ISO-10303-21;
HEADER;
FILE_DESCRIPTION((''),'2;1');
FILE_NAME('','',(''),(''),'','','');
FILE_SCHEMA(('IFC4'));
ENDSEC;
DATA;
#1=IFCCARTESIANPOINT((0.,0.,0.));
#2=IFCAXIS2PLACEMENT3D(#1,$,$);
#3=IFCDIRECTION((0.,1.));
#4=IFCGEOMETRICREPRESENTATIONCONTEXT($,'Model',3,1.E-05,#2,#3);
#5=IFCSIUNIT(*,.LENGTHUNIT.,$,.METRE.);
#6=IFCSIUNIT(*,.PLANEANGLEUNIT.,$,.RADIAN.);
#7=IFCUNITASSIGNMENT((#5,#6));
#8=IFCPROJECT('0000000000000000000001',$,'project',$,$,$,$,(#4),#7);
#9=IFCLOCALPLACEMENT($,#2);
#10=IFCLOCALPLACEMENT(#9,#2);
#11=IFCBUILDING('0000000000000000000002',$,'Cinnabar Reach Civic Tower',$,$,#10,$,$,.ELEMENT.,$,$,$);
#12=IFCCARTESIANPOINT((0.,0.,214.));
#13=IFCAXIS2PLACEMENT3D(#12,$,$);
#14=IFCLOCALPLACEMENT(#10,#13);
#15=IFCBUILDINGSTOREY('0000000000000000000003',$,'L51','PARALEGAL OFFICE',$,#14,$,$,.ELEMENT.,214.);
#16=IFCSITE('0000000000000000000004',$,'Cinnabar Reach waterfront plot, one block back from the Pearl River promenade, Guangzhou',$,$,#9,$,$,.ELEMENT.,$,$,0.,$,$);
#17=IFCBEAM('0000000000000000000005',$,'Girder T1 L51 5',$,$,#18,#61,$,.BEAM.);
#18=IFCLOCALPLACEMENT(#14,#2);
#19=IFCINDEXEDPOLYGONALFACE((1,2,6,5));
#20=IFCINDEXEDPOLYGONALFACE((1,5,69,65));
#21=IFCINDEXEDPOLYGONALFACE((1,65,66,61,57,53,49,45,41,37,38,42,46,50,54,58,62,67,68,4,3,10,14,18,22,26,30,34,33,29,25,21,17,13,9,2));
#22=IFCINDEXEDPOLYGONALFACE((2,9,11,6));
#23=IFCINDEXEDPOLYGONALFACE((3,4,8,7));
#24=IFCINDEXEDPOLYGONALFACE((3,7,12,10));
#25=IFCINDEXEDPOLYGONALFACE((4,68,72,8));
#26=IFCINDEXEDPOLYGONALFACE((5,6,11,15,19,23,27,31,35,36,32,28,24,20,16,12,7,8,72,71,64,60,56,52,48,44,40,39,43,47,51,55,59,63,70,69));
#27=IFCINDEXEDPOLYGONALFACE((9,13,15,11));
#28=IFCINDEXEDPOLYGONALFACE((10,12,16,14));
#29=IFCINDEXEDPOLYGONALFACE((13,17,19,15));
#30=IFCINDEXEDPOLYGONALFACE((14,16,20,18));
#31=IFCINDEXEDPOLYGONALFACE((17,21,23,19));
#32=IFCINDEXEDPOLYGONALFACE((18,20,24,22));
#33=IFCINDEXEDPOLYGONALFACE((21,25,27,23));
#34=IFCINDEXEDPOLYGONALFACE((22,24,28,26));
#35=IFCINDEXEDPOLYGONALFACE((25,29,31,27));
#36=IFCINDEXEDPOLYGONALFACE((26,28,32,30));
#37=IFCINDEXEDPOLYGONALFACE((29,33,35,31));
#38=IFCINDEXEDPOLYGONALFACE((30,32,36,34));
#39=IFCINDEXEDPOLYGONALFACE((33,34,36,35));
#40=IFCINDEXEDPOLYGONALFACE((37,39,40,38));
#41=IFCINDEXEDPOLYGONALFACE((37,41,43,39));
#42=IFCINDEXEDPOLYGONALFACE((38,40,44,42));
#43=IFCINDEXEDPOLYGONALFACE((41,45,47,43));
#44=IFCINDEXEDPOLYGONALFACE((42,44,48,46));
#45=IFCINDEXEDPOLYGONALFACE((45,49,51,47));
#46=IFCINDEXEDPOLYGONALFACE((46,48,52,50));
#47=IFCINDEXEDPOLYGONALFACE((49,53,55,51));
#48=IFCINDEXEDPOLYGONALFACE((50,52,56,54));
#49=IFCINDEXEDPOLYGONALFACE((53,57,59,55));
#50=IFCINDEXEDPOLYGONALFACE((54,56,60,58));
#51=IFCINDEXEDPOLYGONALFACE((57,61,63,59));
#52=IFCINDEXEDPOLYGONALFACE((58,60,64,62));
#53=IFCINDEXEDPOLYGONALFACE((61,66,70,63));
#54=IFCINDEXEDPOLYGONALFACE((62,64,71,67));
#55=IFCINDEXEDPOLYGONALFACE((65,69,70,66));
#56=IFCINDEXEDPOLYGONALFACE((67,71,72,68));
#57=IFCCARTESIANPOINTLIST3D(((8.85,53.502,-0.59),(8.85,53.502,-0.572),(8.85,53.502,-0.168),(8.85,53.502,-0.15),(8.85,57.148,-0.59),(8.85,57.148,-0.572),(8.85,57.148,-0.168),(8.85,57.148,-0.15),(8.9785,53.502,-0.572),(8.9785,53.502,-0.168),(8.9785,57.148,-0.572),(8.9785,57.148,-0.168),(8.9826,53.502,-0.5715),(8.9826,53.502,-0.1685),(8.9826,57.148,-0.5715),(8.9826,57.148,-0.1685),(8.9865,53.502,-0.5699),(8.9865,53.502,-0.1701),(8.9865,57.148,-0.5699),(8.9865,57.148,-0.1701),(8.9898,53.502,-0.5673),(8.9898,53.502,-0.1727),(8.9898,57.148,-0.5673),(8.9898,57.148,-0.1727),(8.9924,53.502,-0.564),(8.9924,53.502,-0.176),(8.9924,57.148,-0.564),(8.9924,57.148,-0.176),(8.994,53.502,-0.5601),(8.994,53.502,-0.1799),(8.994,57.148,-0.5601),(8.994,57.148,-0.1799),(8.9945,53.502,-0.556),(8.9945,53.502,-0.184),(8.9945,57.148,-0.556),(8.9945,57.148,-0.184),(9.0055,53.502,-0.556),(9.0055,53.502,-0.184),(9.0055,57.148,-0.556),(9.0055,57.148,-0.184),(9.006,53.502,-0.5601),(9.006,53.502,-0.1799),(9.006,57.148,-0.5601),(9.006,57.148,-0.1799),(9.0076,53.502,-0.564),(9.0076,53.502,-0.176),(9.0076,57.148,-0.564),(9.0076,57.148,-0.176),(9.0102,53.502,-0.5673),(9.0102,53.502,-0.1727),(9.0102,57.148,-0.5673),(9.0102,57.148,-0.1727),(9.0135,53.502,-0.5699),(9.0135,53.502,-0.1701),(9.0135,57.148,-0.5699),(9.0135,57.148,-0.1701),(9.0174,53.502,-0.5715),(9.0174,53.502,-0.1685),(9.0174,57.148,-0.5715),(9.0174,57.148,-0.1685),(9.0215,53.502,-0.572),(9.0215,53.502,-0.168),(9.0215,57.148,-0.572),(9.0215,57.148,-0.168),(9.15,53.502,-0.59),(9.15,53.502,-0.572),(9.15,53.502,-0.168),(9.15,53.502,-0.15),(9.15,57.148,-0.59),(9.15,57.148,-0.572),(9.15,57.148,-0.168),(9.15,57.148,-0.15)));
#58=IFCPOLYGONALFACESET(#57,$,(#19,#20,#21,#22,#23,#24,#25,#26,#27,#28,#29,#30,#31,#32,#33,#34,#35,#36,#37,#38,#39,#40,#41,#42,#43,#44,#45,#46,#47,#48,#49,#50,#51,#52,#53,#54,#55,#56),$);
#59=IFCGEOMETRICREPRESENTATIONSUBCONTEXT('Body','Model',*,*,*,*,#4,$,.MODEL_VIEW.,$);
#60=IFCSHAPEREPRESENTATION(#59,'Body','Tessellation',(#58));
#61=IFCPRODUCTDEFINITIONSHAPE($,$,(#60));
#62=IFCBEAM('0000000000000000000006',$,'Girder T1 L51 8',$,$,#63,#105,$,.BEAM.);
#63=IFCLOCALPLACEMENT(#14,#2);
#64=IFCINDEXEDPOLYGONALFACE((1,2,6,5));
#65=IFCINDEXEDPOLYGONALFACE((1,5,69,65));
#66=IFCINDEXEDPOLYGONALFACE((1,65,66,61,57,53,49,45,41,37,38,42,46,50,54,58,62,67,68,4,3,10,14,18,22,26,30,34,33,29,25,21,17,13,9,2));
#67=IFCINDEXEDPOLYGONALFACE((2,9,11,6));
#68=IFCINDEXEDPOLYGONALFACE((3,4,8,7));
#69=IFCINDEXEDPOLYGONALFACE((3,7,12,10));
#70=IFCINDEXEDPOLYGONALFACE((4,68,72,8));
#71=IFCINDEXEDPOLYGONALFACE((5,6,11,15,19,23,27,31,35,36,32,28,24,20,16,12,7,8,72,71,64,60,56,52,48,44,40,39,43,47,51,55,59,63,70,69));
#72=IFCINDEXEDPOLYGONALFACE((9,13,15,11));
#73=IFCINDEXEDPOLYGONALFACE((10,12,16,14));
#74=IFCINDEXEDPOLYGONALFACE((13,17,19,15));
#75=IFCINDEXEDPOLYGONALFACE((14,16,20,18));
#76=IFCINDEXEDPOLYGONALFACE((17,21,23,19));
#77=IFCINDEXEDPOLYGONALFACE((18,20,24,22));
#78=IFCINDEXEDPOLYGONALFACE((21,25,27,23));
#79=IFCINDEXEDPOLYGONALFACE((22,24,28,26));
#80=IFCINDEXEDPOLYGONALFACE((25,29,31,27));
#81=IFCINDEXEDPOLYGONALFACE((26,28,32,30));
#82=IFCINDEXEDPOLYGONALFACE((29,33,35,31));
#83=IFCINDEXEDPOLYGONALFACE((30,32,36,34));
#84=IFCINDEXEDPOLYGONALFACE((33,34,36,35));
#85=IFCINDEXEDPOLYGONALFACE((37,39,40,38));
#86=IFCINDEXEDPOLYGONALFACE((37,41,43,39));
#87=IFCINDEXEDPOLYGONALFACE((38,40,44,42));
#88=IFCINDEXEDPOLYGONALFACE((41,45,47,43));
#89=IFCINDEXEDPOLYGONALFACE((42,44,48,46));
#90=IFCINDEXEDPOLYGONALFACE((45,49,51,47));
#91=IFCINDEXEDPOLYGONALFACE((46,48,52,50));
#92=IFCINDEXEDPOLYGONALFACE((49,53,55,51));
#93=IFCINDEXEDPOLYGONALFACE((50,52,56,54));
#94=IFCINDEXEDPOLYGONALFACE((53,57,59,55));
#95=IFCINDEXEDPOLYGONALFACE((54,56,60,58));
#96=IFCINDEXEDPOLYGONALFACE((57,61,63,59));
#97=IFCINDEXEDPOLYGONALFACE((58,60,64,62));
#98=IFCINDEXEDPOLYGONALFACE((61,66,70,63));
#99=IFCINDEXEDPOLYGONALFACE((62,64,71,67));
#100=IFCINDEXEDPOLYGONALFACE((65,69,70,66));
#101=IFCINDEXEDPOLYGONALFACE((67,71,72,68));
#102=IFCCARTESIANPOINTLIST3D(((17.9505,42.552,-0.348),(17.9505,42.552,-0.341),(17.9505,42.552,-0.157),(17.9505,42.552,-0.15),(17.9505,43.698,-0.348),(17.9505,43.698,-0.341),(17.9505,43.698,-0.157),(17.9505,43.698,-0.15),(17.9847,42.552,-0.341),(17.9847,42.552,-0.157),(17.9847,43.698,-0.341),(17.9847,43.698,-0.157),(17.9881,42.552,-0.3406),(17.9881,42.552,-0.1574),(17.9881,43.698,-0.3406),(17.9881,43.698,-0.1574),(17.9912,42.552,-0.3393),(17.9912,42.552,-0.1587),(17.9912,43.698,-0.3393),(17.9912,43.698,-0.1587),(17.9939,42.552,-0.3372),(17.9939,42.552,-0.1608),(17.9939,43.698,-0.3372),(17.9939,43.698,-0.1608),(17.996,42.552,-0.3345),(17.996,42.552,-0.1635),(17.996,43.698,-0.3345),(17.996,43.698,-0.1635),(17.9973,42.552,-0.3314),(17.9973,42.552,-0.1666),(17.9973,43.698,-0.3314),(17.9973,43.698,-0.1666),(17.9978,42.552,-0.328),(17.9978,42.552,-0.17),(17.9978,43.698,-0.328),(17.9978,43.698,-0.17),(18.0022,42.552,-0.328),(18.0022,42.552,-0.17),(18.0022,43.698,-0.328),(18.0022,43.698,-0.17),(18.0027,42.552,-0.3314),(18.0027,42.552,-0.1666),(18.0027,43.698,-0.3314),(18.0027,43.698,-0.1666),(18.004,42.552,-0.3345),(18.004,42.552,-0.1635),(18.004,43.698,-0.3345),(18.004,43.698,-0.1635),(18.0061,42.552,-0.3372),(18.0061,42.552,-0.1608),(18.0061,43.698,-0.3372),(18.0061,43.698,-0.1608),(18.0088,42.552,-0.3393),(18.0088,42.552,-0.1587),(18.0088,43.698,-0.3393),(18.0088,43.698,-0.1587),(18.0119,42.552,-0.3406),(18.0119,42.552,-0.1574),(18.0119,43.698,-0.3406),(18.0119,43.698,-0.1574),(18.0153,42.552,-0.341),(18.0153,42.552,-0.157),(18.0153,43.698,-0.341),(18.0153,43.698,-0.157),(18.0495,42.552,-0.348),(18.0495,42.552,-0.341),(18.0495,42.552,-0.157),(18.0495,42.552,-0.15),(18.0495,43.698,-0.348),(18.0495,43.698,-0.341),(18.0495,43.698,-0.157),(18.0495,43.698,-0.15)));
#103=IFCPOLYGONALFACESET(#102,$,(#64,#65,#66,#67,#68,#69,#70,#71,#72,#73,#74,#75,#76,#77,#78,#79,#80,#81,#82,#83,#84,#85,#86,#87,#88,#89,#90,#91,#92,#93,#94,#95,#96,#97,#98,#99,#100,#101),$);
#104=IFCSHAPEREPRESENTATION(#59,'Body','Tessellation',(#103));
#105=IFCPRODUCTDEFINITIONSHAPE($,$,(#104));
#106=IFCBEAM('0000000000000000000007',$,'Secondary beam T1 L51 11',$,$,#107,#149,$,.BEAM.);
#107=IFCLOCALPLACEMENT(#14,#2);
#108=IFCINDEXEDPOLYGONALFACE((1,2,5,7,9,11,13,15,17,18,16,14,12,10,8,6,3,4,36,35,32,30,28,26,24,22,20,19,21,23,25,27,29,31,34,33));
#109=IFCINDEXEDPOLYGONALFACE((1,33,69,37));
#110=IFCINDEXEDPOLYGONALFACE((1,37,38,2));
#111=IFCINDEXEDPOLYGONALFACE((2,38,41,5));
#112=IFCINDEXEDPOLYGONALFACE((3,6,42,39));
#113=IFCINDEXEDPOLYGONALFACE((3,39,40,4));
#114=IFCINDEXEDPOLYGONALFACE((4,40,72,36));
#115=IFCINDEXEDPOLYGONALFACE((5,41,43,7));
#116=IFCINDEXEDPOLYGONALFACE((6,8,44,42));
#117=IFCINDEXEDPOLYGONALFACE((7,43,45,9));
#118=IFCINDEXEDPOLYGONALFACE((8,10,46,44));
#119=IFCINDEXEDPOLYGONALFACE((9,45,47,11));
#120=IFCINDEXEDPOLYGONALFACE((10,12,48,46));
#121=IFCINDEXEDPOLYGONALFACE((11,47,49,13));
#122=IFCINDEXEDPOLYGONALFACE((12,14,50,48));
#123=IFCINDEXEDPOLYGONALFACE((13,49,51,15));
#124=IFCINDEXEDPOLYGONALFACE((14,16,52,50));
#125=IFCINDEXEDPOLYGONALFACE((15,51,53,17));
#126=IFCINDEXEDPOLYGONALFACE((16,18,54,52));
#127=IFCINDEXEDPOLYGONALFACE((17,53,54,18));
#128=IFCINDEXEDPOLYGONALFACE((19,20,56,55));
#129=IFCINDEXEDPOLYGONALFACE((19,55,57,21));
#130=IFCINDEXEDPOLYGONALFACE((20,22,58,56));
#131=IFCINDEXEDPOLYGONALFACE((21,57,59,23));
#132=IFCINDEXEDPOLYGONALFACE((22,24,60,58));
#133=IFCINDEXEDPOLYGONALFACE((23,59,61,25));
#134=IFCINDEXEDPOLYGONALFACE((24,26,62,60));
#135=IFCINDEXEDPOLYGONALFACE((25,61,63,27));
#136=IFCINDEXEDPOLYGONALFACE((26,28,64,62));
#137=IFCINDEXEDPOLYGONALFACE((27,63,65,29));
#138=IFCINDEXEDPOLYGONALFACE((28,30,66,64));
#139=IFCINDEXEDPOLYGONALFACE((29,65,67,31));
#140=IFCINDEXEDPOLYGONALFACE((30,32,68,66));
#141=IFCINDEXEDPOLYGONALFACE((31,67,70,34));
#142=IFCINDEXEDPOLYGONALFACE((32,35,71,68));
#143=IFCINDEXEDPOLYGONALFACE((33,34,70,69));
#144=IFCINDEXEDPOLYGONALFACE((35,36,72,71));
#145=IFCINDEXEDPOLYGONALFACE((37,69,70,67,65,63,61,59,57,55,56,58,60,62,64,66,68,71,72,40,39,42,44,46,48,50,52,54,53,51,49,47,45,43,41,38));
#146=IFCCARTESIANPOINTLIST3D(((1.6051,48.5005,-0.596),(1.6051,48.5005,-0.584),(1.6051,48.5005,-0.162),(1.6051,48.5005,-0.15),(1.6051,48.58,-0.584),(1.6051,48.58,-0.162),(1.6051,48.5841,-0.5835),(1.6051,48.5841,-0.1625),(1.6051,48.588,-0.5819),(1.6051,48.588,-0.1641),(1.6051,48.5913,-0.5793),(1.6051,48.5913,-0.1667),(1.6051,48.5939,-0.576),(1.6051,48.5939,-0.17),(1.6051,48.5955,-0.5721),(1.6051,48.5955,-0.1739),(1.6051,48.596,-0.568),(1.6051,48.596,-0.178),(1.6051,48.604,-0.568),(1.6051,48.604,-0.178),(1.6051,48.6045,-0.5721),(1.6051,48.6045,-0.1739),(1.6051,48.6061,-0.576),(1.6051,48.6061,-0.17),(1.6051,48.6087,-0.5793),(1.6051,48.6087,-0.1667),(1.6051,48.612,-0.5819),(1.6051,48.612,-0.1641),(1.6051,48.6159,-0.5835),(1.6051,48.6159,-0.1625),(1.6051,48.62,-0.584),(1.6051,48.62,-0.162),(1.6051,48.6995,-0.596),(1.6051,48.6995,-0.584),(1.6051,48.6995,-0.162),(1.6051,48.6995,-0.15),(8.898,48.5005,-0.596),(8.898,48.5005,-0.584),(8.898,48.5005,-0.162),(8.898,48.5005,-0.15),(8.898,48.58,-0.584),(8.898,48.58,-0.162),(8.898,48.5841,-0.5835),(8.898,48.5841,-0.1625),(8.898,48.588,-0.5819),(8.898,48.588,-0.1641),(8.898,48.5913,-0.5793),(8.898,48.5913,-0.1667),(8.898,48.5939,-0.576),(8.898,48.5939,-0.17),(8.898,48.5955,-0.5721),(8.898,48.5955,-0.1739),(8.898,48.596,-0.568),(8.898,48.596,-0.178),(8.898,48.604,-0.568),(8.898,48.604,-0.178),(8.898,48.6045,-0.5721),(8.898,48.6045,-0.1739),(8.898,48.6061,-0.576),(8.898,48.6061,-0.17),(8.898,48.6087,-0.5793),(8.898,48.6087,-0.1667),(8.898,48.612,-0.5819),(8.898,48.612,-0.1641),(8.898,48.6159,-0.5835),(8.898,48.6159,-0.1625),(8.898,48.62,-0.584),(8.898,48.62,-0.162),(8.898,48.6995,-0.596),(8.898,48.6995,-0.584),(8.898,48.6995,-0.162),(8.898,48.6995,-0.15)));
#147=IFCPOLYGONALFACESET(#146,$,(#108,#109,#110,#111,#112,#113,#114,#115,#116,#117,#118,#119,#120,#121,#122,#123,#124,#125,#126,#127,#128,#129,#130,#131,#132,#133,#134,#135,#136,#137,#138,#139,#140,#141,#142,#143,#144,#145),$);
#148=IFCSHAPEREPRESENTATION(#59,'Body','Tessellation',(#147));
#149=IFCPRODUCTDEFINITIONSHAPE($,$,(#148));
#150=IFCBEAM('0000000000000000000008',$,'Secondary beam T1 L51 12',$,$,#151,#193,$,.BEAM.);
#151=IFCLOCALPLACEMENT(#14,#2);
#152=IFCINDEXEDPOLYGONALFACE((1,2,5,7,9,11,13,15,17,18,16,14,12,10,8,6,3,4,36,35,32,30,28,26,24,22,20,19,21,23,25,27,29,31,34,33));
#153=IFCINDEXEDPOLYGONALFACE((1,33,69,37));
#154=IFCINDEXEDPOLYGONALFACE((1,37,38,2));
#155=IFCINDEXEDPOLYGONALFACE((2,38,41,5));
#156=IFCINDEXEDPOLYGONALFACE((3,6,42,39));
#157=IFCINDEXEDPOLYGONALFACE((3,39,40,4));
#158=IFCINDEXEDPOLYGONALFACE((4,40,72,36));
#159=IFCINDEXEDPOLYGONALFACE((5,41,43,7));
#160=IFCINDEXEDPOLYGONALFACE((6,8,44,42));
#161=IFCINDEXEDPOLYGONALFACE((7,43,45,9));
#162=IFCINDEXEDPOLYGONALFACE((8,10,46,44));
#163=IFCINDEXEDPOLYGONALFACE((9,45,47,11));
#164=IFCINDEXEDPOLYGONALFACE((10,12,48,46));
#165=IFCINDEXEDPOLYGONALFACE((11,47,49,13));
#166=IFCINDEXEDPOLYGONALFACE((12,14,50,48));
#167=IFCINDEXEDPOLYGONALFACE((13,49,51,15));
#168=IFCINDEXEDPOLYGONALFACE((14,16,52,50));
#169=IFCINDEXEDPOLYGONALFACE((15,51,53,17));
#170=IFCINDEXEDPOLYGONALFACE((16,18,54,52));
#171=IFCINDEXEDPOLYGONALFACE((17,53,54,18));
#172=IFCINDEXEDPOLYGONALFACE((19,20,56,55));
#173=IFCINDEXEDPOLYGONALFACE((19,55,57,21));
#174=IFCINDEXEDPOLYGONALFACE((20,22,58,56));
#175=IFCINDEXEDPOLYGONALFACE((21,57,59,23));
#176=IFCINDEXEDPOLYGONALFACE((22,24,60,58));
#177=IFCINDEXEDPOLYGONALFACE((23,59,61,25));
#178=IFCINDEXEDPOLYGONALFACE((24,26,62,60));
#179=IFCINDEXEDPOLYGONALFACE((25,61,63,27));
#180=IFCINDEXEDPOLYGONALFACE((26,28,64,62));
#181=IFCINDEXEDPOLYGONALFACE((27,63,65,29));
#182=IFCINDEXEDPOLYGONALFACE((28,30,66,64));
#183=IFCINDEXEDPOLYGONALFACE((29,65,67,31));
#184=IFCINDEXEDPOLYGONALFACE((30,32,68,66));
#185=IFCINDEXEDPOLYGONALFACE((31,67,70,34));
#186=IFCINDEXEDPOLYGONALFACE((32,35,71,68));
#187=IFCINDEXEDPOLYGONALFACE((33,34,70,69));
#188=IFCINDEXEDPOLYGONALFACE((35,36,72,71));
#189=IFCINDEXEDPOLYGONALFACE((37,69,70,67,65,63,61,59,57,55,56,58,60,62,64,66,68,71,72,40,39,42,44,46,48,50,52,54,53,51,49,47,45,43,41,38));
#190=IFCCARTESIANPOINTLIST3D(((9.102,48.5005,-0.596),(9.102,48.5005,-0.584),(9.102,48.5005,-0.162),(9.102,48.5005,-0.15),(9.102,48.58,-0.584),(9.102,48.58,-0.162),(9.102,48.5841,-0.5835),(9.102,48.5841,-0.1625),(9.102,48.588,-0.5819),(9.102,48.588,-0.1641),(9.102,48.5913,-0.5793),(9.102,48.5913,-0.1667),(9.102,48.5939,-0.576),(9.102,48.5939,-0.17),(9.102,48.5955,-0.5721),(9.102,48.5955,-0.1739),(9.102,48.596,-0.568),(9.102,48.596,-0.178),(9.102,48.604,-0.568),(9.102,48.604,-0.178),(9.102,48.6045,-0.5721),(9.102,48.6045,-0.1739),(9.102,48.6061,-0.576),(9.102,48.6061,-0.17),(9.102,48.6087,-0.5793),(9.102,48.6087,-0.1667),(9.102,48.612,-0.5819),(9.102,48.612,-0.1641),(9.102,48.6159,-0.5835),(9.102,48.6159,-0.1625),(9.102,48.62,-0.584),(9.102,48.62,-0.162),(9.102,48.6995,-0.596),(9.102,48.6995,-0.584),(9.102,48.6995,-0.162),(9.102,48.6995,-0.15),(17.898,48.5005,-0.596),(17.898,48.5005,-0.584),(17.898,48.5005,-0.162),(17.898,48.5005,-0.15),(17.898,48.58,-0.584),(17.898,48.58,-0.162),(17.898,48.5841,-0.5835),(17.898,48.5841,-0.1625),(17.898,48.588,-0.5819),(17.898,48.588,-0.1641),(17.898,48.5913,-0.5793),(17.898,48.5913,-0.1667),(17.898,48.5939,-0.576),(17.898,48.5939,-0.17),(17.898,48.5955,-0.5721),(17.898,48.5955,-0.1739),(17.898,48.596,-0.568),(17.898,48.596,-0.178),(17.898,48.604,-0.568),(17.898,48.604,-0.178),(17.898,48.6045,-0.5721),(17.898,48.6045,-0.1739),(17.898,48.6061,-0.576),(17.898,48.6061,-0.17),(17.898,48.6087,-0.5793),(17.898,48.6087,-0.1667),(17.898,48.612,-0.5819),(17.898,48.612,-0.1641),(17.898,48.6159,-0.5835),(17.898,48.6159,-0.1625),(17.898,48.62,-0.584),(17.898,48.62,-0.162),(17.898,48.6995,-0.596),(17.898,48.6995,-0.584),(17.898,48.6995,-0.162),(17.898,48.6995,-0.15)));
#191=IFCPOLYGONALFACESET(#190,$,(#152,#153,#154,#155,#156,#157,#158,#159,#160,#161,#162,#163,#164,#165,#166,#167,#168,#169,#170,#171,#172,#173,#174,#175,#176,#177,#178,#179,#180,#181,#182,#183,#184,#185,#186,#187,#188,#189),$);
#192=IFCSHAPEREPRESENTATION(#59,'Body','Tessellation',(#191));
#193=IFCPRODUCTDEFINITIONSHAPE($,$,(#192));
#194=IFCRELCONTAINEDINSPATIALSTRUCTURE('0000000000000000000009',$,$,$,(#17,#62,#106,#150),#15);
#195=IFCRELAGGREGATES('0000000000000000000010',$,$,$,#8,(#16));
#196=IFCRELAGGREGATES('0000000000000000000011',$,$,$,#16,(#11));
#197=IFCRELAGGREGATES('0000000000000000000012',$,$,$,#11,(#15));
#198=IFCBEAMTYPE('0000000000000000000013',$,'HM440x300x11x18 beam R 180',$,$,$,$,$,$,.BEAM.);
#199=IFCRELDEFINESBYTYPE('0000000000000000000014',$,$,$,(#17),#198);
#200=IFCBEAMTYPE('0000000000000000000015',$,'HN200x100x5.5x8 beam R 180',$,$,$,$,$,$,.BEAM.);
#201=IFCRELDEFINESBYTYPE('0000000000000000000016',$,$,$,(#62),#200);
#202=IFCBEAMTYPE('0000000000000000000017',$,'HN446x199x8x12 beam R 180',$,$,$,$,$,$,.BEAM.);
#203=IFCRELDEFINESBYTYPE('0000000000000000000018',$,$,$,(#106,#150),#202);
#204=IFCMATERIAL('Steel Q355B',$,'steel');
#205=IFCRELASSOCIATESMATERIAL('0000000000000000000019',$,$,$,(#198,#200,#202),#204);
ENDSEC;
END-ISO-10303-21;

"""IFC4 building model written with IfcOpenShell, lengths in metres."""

from ifc_helpers import new_model, si_unit, direction, frame, origin, origin_2d, place, context, subcontext, project, spatial, i_section, extrude, material, material_profile, profile_set, type_object, element, save


model = new_model("IFC4")

# Units and contexts
model_context = context("Model", 3, precision=1e-05, world=origin(), true_north=direction((0.0, 1.0)))
body_context = subcontext(model_context, "Body", "Model", "MODEL_VIEW")
ifc_project = project(units=[si_unit("LENGTHUNIT", "METRE"), si_unit("PLANEANGLEUNIT", "RADIAN")], contexts=[model_context])

# Site, building, storey
site_placement = place(None, origin())
site = spatial("IfcSite", under=ifc_project, at=site_placement, Name="Cinnabar Reach waterfront plot, one block back from the Pearl River promenade, Guangzhou", CompositionType="ELEMENT", RefElevation=0.0)
building_placement = place(site_placement, origin())
building = spatial("IfcBuilding", under=site, at=building_placement, Name="Cinnabar Reach Civic Tower", CompositionType="ELEMENT")
storey_placement = place(building_placement, frame((0.0, 0.0, 214.0)))
storey = spatial("IfcBuildingStorey", under=building, at=storey_placement, Name="L51", Description="PARALEGAL OFFICE", CompositionType="ELEMENT", Elevation=214.0)

# Beams
ifc_material_1 = material(Name="Steel Q355B", Category="steel")
ifc_material_profile_1 = material_profile(ifc_material_1, i_section(OverallWidth=0.3, OverallDepth=0.44, WebThickness=0.011, FlangeThickness=0.018, FilletRadius=0.016, at=origin_2d()), Name="HM440x300x11x18")
ifc_profile_set_1 = profile_set([ifc_material_profile_1], Name="Steel Q355B")
beam_type_1 = type_object("IfcBeamType", Name="HM440x300x11x18 beam R 180", PredefinedType="BEAM", material=ifc_profile_set_1)
beam_1_placement = place(storey_placement, frame((9.0, 53.502, -0.37), z_axis=(0.0, 1.0, 0.0), x_axis=(-1.0, 0.0, 0.0)))
element("IfcBeam", 1, at=beam_1_placement, inside=storey, type_object=beam_type_1, Name="Girder T1 L51 5", PredefinedType="BEAM", context=body_context, shape_type="SweptSolid", body=[
    extrude(i_section(OverallWidth=0.3, OverallDepth=0.44, WebThickness=0.011, FlangeThickness=0.018, FilletRadius=0.016, at=origin_2d()), origin(), (0.0, 0.0, 1.0), 3.646),
])
ifc_material_profile_2 = material_profile(ifc_material_1, i_section(OverallWidth=0.099, OverallDepth=0.198, WebThickness=0.0045, FlangeThickness=0.007, FilletRadius=0.013, at=origin_2d()), Name="HN200x100x5.5x8")
ifc_profile_set_2 = profile_set([ifc_material_profile_2], Name="Steel Q355B")
beam_type_2 = type_object("IfcBeamType", Name="HN200x100x5.5x8 beam R 180", PredefinedType="BEAM", material=ifc_profile_set_2)
beam_2_placement = place(storey_placement, frame((18.0, 42.552, -0.249), z_axis=(0.0, 1.0, 0.0), x_axis=(-1.0, 0.0, 0.0)))
element("IfcBeam", 2, at=beam_2_placement, inside=storey, type_object=beam_type_2, Name="Girder T1 L51 8", PredefinedType="BEAM", context=body_context, shape_type="SweptSolid", body=[
    extrude(i_section(OverallWidth=0.099, OverallDepth=0.198, WebThickness=0.0045, FlangeThickness=0.007, FilletRadius=0.013, at=origin_2d()), origin(), (0.0, 0.0, 1.0), 1.146),
])
ifc_material_profile_3 = material_profile(ifc_material_1, i_section(OverallWidth=0.199, OverallDepth=0.446, WebThickness=0.008, FlangeThickness=0.012, FilletRadius=0.016, at=origin_2d()), Name="HN446x199x8x12")
ifc_profile_set_3 = profile_set([ifc_material_profile_3], Name="Steel Q355B")
beam_type_3 = type_object("IfcBeamType", Name="HN446x199x8x12 beam R 180", PredefinedType="BEAM", material=ifc_profile_set_3)
beam_3_placement = place(storey_placement, frame((1.6051, 48.6, -0.373), z_axis=(1.0, 0.0, 0.0), x_axis=(0.0, 1.0, 0.0)))
element("IfcBeam", 3, at=beam_3_placement, inside=storey, type_object=beam_type_3, Name="Secondary beam T1 L51 11", PredefinedType="BEAM", context=body_context, shape_type="SweptSolid", body=[
    extrude(i_section(OverallWidth=0.199, OverallDepth=0.446, WebThickness=0.008, FlangeThickness=0.012, FilletRadius=0.016, at=origin_2d()), origin(), (0.0, 0.0, 1.0), 7.2929),
])
beam_4_placement = place(storey_placement, frame((9.102, 48.6, -0.373), z_axis=(1.0, 0.0, 0.0), x_axis=(0.0, 1.0, 0.0)))
element("IfcBeam", 4, at=beam_4_placement, inside=storey, type_object=beam_type_3, Name="Secondary beam T1 L51 12", PredefinedType="BEAM", context=body_context, shape_type="SweptSolid", body=[
    extrude(i_section(OverallWidth=0.199, OverallDepth=0.446, WebThickness=0.008, FlangeThickness=0.012, FilletRadius=0.016, at=origin_2d()), origin(), (0.0, 0.0, 1.0), 8.796),
])

save(model, "model.ifc")
